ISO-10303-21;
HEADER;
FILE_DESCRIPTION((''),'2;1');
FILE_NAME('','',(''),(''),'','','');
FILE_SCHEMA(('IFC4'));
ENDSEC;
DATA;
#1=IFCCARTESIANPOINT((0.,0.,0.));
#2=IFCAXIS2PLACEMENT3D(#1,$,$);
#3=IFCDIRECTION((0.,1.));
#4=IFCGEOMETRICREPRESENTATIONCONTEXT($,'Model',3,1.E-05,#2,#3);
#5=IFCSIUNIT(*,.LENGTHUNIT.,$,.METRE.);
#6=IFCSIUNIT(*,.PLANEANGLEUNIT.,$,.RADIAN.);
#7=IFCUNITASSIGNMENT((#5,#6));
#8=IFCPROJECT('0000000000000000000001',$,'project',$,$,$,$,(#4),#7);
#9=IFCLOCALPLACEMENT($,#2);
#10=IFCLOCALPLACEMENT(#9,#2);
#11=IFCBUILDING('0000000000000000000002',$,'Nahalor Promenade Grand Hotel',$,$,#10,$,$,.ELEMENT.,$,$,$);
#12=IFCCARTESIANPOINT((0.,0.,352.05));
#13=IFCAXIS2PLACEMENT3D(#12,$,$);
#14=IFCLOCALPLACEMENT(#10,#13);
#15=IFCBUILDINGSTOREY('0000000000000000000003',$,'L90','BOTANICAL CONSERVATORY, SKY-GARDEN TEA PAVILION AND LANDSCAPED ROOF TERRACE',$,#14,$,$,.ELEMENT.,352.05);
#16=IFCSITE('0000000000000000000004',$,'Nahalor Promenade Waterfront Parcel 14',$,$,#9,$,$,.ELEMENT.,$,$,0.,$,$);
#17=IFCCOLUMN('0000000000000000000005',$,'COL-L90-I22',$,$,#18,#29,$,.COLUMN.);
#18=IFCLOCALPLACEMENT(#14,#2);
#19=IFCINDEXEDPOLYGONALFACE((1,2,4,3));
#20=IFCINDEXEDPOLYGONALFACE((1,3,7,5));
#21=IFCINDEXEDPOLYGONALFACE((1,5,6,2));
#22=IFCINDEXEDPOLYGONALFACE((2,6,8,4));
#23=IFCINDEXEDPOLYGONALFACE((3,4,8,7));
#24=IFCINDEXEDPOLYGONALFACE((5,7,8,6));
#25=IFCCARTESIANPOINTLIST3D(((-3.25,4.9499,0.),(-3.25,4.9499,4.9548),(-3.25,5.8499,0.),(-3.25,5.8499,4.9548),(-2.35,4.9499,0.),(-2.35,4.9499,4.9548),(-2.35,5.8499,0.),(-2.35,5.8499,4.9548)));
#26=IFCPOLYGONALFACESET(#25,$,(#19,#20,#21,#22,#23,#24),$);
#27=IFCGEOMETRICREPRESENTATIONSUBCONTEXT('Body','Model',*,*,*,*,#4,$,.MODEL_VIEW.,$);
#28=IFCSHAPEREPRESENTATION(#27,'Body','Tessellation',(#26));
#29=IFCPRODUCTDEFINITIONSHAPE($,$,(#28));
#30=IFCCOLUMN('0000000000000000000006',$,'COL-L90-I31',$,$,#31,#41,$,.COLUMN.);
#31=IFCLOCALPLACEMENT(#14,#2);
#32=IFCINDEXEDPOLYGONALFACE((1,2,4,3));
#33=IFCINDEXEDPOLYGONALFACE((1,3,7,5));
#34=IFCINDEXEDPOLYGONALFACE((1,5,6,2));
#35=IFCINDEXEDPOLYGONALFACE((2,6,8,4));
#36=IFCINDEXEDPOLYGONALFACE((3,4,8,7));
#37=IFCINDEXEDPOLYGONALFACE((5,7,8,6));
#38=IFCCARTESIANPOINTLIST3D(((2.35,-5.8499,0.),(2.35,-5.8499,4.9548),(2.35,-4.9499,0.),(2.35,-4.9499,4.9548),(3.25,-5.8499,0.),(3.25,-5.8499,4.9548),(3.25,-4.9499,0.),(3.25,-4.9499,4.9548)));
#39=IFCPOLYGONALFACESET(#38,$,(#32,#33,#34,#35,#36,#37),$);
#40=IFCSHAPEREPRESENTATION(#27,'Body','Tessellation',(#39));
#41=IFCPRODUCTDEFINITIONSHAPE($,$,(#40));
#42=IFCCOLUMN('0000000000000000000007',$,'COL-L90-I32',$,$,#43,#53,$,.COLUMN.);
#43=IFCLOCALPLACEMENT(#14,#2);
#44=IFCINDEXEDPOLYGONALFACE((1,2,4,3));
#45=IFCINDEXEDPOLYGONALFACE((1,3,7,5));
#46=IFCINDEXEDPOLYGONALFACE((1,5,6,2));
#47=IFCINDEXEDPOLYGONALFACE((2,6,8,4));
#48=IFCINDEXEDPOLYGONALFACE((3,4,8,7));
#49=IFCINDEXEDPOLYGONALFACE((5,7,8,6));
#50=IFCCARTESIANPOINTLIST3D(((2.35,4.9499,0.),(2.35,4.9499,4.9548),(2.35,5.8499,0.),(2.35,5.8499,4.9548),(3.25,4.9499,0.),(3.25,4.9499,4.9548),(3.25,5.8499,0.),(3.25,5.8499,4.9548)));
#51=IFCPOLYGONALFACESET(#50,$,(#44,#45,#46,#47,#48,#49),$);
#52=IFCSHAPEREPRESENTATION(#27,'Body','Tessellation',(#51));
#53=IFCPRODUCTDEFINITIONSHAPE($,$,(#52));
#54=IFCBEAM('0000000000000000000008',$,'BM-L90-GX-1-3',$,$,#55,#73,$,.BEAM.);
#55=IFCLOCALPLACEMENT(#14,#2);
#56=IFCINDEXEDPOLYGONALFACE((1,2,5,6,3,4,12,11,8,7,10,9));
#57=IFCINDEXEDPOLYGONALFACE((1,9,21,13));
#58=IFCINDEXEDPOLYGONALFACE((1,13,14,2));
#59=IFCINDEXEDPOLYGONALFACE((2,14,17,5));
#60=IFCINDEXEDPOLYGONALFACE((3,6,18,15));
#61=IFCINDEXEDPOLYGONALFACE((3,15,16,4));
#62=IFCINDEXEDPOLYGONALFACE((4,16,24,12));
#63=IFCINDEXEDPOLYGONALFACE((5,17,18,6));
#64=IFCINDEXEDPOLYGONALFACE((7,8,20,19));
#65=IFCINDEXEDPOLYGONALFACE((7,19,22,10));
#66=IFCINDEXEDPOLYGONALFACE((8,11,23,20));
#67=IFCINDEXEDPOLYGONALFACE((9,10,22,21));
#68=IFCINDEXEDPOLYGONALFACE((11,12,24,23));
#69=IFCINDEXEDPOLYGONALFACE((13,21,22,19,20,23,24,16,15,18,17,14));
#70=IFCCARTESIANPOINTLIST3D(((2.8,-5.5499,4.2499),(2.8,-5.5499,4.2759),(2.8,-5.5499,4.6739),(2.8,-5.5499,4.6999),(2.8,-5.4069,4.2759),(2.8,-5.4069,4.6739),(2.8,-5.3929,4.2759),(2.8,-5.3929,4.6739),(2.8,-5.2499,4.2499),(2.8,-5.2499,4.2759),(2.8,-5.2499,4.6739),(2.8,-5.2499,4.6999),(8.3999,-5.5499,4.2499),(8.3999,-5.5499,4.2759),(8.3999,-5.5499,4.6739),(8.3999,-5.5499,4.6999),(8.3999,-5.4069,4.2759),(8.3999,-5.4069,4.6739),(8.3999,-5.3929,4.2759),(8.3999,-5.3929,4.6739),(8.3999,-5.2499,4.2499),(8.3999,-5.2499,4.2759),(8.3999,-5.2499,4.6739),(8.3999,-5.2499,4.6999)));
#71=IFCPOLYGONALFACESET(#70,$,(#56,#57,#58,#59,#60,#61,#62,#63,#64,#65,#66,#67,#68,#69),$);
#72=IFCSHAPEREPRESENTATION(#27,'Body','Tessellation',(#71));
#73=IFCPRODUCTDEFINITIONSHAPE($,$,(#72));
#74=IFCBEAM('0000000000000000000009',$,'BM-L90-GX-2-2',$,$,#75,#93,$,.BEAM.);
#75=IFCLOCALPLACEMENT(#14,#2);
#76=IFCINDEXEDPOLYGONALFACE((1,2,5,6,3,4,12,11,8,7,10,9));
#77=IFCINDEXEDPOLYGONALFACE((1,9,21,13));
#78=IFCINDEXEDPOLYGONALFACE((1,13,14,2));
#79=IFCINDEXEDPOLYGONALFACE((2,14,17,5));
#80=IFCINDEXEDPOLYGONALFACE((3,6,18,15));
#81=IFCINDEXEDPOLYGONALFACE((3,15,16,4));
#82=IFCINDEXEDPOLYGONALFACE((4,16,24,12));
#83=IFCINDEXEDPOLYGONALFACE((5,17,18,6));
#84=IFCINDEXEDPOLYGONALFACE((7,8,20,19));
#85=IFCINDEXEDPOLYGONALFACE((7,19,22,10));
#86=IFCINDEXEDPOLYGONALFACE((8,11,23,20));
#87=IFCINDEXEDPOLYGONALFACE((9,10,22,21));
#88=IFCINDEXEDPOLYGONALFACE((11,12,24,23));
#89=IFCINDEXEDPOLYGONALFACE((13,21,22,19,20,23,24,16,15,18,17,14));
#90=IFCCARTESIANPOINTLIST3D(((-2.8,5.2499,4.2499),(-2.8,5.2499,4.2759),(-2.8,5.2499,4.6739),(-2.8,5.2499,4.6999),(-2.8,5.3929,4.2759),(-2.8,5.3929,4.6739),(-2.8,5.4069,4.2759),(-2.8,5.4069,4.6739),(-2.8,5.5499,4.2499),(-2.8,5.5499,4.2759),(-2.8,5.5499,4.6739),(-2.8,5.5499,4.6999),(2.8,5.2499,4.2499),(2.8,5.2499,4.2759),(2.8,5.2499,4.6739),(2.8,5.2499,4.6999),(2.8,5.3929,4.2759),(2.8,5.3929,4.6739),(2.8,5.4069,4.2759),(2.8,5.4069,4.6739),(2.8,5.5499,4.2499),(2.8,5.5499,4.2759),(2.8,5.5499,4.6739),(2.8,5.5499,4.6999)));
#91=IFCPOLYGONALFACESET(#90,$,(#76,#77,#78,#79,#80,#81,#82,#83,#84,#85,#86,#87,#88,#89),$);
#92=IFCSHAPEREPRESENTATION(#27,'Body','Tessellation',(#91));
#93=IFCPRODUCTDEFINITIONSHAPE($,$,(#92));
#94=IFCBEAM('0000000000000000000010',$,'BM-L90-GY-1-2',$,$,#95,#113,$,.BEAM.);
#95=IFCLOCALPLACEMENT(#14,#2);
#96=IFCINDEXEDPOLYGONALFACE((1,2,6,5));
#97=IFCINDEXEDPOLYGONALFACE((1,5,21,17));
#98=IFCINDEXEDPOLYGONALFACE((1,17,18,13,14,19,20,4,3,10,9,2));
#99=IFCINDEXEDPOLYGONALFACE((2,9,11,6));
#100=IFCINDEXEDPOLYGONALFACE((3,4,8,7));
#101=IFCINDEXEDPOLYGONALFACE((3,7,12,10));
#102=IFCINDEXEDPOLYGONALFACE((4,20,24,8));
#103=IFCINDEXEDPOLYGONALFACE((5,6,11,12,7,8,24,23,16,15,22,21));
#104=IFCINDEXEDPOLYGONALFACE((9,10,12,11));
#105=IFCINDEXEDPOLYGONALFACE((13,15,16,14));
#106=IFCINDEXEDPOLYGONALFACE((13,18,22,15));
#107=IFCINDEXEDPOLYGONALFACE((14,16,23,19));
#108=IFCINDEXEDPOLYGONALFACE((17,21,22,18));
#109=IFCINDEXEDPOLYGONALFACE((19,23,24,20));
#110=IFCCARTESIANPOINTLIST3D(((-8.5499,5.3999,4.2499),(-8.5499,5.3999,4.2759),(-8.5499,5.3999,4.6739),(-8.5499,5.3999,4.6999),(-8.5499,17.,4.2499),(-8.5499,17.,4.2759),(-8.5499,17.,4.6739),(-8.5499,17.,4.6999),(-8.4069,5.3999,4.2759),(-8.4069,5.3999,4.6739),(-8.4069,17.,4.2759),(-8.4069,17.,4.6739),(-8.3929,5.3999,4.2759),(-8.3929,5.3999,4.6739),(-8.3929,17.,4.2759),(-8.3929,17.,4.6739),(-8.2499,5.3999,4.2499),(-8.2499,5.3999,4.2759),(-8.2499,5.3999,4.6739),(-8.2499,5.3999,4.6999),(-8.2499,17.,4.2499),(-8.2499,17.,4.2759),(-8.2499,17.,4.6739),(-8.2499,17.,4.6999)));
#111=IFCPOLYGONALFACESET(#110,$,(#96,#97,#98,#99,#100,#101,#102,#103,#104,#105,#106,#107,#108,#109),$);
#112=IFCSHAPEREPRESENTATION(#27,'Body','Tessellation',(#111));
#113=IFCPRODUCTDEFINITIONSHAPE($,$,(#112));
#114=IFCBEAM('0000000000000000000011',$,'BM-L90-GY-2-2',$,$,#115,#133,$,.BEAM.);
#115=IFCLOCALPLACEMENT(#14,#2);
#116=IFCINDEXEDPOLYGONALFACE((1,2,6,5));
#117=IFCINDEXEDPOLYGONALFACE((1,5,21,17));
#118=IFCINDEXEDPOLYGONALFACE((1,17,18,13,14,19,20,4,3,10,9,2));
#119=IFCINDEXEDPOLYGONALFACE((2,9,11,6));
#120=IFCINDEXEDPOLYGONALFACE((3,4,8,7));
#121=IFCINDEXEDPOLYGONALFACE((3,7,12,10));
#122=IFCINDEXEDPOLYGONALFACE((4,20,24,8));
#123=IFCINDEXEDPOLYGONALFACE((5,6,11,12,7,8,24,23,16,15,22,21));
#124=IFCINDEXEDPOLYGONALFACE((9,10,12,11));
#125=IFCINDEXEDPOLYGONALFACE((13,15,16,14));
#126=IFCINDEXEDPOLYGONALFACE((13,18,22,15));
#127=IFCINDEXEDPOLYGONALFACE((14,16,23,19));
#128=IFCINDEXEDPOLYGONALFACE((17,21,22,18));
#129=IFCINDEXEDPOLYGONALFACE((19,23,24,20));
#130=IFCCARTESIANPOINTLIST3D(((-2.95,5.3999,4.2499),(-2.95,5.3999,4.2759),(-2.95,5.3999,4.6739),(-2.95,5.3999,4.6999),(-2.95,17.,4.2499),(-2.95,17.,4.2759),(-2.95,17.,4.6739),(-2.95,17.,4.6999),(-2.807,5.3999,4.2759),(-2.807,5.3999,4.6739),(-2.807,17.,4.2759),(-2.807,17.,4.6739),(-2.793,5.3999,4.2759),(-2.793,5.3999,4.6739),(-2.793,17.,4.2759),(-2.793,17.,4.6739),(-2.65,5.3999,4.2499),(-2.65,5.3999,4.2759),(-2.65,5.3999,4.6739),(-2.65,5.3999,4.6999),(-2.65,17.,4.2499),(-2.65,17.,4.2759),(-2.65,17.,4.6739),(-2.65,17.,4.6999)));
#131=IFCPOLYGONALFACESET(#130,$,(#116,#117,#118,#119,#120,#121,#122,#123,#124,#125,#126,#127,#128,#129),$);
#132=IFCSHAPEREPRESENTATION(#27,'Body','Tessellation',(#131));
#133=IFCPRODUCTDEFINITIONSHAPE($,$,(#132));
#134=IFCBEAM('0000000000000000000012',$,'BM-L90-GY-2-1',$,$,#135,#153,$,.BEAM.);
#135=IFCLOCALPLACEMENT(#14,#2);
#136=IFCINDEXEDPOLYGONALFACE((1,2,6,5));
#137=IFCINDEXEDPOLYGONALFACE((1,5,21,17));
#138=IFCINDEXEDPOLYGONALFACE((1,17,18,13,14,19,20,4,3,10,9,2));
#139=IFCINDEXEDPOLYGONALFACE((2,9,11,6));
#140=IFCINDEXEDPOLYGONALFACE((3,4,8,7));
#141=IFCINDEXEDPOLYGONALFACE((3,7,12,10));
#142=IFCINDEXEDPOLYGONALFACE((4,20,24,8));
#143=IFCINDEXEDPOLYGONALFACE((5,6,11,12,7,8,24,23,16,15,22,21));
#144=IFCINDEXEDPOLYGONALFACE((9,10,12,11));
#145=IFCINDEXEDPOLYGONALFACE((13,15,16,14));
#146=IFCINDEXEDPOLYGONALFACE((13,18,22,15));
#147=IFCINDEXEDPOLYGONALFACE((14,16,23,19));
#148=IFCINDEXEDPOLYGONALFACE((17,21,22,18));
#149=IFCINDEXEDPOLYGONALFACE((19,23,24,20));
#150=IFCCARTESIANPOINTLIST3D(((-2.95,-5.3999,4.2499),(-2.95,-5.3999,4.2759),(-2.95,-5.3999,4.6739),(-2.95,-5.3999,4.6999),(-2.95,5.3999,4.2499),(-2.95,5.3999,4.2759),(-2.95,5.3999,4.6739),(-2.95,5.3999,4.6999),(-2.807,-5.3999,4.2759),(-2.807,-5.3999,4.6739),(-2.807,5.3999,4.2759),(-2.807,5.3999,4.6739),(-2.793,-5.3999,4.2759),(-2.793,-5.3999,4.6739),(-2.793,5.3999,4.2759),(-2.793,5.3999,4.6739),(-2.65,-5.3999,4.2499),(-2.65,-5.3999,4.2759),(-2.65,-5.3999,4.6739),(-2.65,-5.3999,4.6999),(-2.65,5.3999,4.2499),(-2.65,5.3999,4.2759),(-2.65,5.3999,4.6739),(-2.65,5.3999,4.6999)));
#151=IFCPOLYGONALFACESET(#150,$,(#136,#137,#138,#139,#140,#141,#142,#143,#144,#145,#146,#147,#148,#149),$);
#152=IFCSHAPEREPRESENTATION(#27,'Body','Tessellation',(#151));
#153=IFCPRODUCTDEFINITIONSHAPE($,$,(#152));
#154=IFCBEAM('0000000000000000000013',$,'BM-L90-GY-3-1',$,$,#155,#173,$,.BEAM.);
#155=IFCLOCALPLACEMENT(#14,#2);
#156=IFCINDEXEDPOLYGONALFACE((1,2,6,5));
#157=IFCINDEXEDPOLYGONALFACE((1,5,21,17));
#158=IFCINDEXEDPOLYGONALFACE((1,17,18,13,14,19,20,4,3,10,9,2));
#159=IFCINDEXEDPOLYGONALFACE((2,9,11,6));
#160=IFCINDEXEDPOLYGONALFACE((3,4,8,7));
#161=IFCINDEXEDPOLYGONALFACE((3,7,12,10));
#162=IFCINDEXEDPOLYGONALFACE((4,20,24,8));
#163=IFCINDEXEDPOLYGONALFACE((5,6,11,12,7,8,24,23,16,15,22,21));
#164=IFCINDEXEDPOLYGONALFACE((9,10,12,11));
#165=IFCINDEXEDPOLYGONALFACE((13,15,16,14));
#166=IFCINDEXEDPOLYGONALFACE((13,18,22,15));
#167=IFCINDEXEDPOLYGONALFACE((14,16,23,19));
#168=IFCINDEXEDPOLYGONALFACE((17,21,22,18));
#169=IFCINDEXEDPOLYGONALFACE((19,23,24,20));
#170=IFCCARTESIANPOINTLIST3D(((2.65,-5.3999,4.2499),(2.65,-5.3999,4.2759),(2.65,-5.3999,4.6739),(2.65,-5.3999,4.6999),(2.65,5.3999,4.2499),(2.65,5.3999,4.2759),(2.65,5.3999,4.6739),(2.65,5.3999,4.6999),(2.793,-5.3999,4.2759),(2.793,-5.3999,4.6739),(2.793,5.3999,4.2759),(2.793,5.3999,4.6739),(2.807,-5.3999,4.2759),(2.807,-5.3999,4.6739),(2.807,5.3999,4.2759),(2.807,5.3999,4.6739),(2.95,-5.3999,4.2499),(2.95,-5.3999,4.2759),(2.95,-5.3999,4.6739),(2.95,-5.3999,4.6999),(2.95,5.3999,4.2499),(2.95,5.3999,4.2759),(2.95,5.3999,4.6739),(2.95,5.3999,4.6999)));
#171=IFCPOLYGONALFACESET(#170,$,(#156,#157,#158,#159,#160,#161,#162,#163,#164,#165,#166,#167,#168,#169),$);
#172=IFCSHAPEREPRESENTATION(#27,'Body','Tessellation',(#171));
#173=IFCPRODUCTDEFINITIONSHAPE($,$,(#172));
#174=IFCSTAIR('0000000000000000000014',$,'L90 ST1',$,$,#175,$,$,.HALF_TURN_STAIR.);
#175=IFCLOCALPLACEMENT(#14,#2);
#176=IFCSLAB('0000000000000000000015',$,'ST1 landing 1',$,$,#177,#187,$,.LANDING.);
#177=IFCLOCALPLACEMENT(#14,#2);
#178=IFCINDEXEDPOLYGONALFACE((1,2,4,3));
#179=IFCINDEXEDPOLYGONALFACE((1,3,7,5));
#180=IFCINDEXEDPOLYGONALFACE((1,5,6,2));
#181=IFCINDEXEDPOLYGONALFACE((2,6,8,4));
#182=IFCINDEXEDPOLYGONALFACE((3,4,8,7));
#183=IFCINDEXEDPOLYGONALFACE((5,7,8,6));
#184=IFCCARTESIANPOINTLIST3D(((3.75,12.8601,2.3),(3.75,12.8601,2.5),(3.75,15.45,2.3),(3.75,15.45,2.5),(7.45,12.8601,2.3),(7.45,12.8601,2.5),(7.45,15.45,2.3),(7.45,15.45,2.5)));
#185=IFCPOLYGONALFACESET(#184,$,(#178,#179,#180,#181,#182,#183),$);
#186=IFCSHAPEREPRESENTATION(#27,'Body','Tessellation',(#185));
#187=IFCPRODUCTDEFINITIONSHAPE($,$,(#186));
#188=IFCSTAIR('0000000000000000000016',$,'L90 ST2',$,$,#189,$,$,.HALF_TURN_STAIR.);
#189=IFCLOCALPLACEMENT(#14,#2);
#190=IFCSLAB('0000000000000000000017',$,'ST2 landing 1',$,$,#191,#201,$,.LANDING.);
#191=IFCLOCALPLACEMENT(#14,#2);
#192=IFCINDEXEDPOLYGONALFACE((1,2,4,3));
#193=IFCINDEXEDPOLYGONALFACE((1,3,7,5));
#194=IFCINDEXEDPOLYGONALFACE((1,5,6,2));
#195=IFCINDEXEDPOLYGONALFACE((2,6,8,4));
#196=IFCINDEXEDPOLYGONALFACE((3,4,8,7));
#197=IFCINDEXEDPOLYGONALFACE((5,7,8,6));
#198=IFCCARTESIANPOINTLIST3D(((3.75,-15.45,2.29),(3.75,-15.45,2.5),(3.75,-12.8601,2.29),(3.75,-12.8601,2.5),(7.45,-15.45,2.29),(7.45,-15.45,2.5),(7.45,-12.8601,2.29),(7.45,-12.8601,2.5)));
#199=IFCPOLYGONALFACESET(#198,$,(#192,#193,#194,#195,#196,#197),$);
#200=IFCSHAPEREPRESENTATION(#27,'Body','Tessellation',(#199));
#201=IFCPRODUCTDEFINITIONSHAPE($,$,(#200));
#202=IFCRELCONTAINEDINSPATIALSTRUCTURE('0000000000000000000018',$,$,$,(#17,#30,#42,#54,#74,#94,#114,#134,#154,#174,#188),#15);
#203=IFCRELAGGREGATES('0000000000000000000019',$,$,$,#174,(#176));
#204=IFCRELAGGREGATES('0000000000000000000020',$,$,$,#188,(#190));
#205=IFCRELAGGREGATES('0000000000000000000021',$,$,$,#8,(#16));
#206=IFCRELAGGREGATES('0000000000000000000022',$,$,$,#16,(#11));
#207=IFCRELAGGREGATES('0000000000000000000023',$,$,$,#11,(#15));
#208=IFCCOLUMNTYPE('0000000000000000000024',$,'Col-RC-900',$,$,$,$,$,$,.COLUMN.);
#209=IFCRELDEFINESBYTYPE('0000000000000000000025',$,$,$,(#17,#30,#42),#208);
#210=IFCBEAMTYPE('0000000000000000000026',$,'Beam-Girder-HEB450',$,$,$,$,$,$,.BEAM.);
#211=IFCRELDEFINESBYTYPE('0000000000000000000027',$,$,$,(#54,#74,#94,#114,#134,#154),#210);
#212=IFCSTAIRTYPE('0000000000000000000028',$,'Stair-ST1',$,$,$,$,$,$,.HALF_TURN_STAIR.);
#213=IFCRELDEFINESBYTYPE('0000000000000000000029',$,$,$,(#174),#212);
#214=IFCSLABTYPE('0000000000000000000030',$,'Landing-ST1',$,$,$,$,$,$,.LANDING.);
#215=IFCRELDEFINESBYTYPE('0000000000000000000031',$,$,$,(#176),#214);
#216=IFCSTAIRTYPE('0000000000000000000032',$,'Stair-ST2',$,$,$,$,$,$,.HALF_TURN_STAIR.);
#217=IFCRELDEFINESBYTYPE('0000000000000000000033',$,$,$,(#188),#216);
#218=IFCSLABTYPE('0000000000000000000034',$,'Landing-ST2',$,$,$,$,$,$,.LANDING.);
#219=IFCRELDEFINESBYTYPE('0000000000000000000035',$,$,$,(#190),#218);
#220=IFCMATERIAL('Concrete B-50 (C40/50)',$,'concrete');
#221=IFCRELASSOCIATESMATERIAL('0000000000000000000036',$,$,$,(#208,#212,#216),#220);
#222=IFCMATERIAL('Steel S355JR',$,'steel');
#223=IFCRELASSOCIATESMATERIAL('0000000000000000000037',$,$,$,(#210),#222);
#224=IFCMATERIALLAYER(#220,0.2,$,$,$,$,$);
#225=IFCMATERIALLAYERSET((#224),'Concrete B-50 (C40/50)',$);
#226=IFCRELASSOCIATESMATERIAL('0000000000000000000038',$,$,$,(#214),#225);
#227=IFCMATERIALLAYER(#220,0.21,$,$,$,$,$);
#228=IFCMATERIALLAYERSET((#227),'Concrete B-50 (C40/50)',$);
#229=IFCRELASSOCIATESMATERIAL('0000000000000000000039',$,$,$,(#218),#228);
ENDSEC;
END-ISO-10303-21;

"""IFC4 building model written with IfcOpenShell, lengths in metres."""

from ifc_helpers import new_model, si_unit, direction, frame, origin, origin_2d, place, context, subcontext, project, spatial, polyline, rectangle, i_section, outline, extrude, source, transform, mapped, material, layer, layer_set, material_profile, profile_set, type_object, element, aggregate, save


model = new_model("IFC4")

# Units and contexts
model_context = context("Model", 3, precision=1e-05, world=origin(), true_north=direction((0.0, 1.0)))
body_context = subcontext(model_context, "Body", "Model", "MODEL_VIEW")
ifc_project = project(units=[si_unit("LENGTHUNIT", "METRE"), si_unit("PLANEANGLEUNIT", "RADIAN")], contexts=[model_context])

# Site, building, storey
site_placement = place(None, origin())
site = spatial("IfcSite", under=ifc_project, at=site_placement, Name="Nahalor Promenade Waterfront Parcel 14", CompositionType="ELEMENT", RefElevation=0.0)
building_placement = place(site_placement, origin())
building = spatial("IfcBuilding", under=site, at=building_placement, Name="Nahalor Promenade Grand Hotel", CompositionType="ELEMENT")
storey_placement = place(building_placement, frame((0.0, 0.0, 352.05)))
storey = spatial("IfcBuildingStorey", under=building, at=storey_placement, Name="L90", Description="BOTANICAL CONSERVATORY, SKY-GARDEN TEA PAVILION AND LANDSCAPED ROOF TERRACE", CompositionType="ELEMENT", Elevation=352.05)

# Columns
ifc_material_1 = material(Name="Concrete B-50 (C40/50)", Category="concrete")
ifc_material_profile_1 = material_profile(ifc_material_1, rectangle(XDim=0.9, YDim=0.9, at=origin_2d()), Name="RC 900x900")
ifc_profile_set_1 = profile_set([ifc_material_profile_1], Name="Concrete B-50 (C40/50)")
column_type = type_object("IfcColumnType", Name="Col-RC-900", PredefinedType="COLUMN", material=ifc_profile_set_1)
shared_shape_1 = source(origin(), body_context, "Body", "SweptSolid", [
    extrude(rectangle(XDim=0.9, YDim=0.9, at=origin_2d()), origin(), (0.0, 0.0, 1.0), 4.9548),
])
for number, where, z_axis, x_axis, name in (
    (1, (-2.8, 5.3999, 0.0), (0.0, 0.0, 1.0), (1.0, 0.0, 0.0), "COL-L90-I22"),
    (2, (2.8, -5.3999, 0.0), (0.0, 0.0, 1.0), (1.0, 0.0, 0.0), "COL-L90-I31"),
    (3, (2.8, 5.3999, 0.0), (0.0, 0.0, 1.0), (1.0, 0.0, 0.0), "COL-L90-I32"),
):
    element("IfcColumn", number, at=place(storey_placement, frame(where, z_axis=z_axis, x_axis=x_axis)), inside=storey, type_object=column_type, Name=name, PredefinedType="COLUMN", context=body_context, shape_type="MappedRepresentation", body=[
        mapped(shared_shape_1, transform((0.0, 0.0, 0.0), scale=1.0)),
    ])

# Beams
ifc_material_2 = material(Name="Steel S355JR", Category="steel")
ifc_material_profile_2 = material_profile(ifc_material_2, i_section(OverallWidth=0.3, OverallDepth=0.45, WebThickness=0.014, FlangeThickness=0.026, at=origin_2d()), Name="HEB 450")
ifc_profile_set_2 = profile_set([ifc_material_profile_2], Name="Steel S355JR")
beam_type = type_object("IfcBeamType", Name="Beam-Girder-HEB450", PredefinedType="BEAM", material=ifc_profile_set_2)
shared_shape_2 = source(origin(), body_context, "Body", "SweptSolid", [
    extrude(i_section(OverallWidth=0.3, OverallDepth=0.45, WebThickness=0.014, FlangeThickness=0.026, at=origin_2d()), origin(), (0.0, 0.0, 1.0), 5.5999),
])
beam_1_placement = place(storey_placement, frame((2.8, -5.3999, 4.4749), z_axis=(1.0, 0.0, 0.0), x_axis=(0.0, 1.0, 0.0)))
element("IfcBeam", 4, at=beam_1_placement, inside=storey, type_object=beam_type, Name="BM-L90-GX-1-3", PredefinedType="BEAM", context=body_context, shape_type="MappedRepresentation", body=[
    mapped(shared_shape_2, transform((0.0, 0.0, 0.0), scale=1.0)),
])
shared_shape_3 = source(origin(), body_context, "Body", "SweptSolid", [
    extrude(i_section(OverallWidth=0.3, OverallDepth=0.45, WebThickness=0.014, FlangeThickness=0.026, at=origin_2d()), origin(), (0.0, 0.0, 1.0), 5.6001),
])
beam_2_placement = place(storey_placement, frame((-2.8, 5.3999, 4.4749), z_axis=(1.0, 0.0, 0.0), x_axis=(0.0, 1.0, 0.0)))
element("IfcBeam", 5, at=beam_2_placement, inside=storey, type_object=beam_type, Name="BM-L90-GX-2-2", PredefinedType="BEAM", context=body_context, shape_type="MappedRepresentation", body=[
    mapped(shared_shape_3, transform((0.0, 0.0, 0.0), scale=1.0)),
])
shared_shape_4 = source(origin(), body_context, "Body", "SweptSolid", [
    extrude(i_section(OverallWidth=0.3, OverallDepth=0.45, WebThickness=0.014, FlangeThickness=0.026, at=origin_2d()), origin(), (0.0, 0.0, 1.0), 11.6001),
])
for number, where, z_axis, x_axis, name in (
    (6, (-8.3999, 5.3999, 4.4749), (0.0, 1.0, 0.0), (-1.0, 0.0, 0.0), "BM-L90-GY-1-2"),
    (7, (-2.8, 5.3999, 4.4749), (0.0, 1.0, 0.0), (-1.0, 0.0, 0.0), "BM-L90-GY-2-2"),
):
    element("IfcBeam", number, at=place(storey_placement, frame(where, z_axis=z_axis, x_axis=x_axis)), inside=storey, type_object=beam_type, Name=name, PredefinedType="BEAM", context=body_context, shape_type="MappedRepresentation", body=[
        mapped(shared_shape_4, transform((0.0, 0.0, 0.0), scale=1.0)),
    ])
shared_shape_5 = source(origin(), body_context, "Body", "SweptSolid", [
    extrude(i_section(OverallWidth=0.3, OverallDepth=0.45, WebThickness=0.014, FlangeThickness=0.026, at=origin_2d()), origin(), (0.0, 0.0, 1.0), 10.7998),
])
for number, where, z_axis, x_axis, name in (
    (8, (-2.8, -5.3999, 4.4749), (0.0, 1.0, 0.0), (-1.0, 0.0, 0.0), "BM-L90-GY-2-1"),
    (9, (2.8, -5.3999, 4.4749), (0.0, 1.0, 0.0), (-1.0, 0.0, 0.0), "BM-L90-GY-3-1"),
):
    element("IfcBeam", number, at=place(storey_placement, frame(where, z_axis=z_axis, x_axis=x_axis)), inside=storey, type_object=beam_type, Name=name, PredefinedType="BEAM", context=body_context, shape_type="MappedRepresentation", body=[
        mapped(shared_shape_5, transform((0.0, 0.0, 0.0), scale=1.0)),
    ])

# Stairs, slabs
stair_type_1 = type_object("IfcStairType", Name="Stair-ST1", PredefinedType="HALF_TURN_STAIR", material=ifc_material_1)
stair_1_placement = place(storey_placement, origin())
stair_1 = element("IfcStair", 10, at=stair_1_placement, inside=storey, type_object=stair_type_1, Name="L90 ST1", PredefinedType="HALF_TURN_STAIR")
ifc_layer_1 = layer(ifc_material_1, 0.2)
ifc_layer_set_1 = layer_set([ifc_layer_1], Name="Concrete B-50 (C40/50)")
slab_type_1 = type_object("IfcSlabType", Name="Landing-ST1", PredefinedType="LANDING", material=ifc_layer_set_1)
slab_1_placement = place(storey_placement, frame((0.0, 0.0, 2.3)))
slab_1 = element("IfcSlab", 11, at=slab_1_placement, type_object=slab_type_1, Name="ST1 landing 1", PredefinedType="LANDING", context=body_context, shape_type="SweptSolid", body=[
    extrude(outline(polyline([(7.45, 12.8601), (7.45, 15.45), (3.75, 15.45), (3.75, 12.8601), (7.45, 12.8601)])), origin(), (0.0, 0.0, 1.0), 0.2),
])
aggregate(stair_1, [slab_1])
stair_type_2 = type_object("IfcStairType", Name="Stair-ST2", PredefinedType="HALF_TURN_STAIR", material=ifc_material_1)
stair_2_placement = place(storey_placement, origin())
stair_2 = element("IfcStair", 12, at=stair_2_placement, inside=storey, type_object=stair_type_2, Name="L90 ST2", PredefinedType="HALF_TURN_STAIR")
ifc_layer_2 = layer(ifc_material_1, 0.21)
ifc_layer_set_2 = layer_set([ifc_layer_2], Name="Concrete B-50 (C40/50)")
slab_type_2 = type_object("IfcSlabType", Name="Landing-ST2", PredefinedType="LANDING", material=ifc_layer_set_2)
slab_2_placement = place(storey_placement, frame((0.0, 0.0, 2.29)))
slab_2 = element("IfcSlab", 13, at=slab_2_placement, type_object=slab_type_2, Name="ST2 landing 1", PredefinedType="LANDING", context=body_context, shape_type="SweptSolid", body=[
    extrude(outline(polyline([(3.75, -12.8601), (3.75, -15.45), (7.45, -15.45), (7.45, -12.8601), (3.75, -12.8601)])), origin(), (0.0, 0.0, 1.0), 0.21),
])
aggregate(stair_2, [slab_2])

save(model, "model.ifc")
